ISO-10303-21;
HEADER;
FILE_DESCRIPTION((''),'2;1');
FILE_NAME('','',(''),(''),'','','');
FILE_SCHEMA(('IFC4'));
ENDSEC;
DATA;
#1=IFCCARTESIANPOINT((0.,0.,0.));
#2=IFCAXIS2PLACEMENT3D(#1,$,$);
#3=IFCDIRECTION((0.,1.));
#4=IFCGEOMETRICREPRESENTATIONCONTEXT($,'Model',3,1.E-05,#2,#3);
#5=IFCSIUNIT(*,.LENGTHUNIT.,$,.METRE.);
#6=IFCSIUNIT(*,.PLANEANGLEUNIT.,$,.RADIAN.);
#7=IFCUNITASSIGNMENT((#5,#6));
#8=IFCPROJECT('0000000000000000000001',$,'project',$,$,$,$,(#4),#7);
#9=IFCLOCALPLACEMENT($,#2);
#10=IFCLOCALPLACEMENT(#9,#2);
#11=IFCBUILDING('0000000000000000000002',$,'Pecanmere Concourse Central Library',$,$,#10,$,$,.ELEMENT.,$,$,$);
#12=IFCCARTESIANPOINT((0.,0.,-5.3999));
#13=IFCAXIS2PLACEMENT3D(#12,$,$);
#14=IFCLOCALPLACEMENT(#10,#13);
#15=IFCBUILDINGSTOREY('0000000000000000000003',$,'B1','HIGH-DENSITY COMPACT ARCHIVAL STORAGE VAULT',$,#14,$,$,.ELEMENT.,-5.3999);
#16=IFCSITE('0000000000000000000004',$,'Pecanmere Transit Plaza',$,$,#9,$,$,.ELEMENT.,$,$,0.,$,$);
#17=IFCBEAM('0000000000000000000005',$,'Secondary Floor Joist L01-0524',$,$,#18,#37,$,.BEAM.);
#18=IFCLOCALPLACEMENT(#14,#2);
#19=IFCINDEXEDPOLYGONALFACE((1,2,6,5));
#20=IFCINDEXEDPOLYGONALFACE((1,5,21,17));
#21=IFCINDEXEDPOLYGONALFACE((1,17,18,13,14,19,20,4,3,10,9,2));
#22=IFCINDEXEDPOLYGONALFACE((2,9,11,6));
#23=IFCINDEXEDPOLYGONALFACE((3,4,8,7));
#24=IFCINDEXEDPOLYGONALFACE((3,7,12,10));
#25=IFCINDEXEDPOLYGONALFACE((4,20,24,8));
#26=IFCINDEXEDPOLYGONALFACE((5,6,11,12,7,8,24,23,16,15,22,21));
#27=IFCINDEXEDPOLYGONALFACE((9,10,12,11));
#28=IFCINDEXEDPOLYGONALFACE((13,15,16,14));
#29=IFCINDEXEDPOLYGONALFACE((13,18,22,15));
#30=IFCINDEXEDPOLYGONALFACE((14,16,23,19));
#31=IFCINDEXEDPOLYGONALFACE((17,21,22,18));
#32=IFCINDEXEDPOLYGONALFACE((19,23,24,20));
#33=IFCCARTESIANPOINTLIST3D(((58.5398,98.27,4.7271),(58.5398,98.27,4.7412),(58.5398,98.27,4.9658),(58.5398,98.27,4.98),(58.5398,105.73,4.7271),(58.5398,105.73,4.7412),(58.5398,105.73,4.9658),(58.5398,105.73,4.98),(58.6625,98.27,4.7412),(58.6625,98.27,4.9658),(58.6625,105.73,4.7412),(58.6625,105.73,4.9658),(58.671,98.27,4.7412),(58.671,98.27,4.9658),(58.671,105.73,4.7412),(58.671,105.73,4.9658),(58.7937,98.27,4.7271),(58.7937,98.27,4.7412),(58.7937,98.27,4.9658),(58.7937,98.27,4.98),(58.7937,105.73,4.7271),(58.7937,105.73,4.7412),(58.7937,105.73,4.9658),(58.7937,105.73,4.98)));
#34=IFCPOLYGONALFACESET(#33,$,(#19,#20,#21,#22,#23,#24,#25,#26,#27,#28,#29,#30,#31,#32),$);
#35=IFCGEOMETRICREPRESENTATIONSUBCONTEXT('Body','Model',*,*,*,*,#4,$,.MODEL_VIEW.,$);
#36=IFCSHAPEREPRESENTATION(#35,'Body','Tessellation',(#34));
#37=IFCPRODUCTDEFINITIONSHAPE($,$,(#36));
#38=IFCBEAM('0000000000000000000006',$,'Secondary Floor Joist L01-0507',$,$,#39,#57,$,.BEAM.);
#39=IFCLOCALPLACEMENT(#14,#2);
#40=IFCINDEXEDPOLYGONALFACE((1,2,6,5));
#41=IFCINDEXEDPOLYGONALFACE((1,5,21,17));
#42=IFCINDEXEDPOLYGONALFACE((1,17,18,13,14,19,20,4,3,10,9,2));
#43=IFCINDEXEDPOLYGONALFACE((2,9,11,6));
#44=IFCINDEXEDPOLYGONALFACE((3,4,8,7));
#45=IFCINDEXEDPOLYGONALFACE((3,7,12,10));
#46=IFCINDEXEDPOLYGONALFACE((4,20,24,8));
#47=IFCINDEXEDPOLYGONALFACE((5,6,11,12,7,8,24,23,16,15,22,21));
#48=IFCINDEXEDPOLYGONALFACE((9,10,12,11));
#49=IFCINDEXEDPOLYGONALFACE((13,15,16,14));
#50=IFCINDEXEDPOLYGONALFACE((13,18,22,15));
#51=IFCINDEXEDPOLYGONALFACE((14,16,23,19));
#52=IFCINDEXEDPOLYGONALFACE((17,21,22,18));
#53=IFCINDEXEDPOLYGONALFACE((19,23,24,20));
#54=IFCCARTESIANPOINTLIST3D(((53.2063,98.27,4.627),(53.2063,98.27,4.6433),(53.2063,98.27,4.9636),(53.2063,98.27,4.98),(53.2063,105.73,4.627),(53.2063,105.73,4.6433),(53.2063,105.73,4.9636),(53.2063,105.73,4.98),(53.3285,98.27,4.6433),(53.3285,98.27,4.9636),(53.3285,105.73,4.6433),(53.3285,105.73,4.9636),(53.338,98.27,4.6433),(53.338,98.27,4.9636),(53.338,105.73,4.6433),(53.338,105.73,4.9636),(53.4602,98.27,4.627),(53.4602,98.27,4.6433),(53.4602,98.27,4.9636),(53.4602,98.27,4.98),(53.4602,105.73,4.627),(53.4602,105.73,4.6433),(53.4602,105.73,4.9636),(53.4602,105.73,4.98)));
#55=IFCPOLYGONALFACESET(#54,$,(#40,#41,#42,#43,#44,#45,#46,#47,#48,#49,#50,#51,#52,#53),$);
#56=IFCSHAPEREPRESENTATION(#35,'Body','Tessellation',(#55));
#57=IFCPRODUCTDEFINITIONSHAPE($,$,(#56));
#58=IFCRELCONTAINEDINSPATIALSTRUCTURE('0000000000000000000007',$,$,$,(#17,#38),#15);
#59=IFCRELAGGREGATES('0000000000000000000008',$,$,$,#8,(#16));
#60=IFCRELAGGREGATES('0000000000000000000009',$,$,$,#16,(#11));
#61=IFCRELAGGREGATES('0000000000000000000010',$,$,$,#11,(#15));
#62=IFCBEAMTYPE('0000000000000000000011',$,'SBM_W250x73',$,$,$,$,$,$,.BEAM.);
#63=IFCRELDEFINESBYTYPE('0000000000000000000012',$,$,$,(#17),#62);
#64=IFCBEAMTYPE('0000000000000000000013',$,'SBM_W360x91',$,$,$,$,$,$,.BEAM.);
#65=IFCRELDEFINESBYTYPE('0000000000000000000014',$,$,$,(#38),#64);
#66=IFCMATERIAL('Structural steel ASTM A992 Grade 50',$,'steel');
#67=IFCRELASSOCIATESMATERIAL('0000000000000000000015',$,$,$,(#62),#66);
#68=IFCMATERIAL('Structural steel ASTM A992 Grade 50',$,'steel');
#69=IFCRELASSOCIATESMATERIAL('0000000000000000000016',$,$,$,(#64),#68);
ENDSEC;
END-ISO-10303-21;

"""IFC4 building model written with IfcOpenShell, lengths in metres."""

from ifc_helpers import new_model, si_unit, direction, frame, origin, origin_2d, place, context, subcontext, project, spatial, i_section, extrude, material, material_profile, profile_set, type_object, element, save


model = new_model("IFC4")

# Units and contexts
model_context = context("Model", 3, precision=1e-05, world=origin(), true_north=direction((0.0, 1.0)))
body_context = subcontext(model_context, "Body", "Model", "MODEL_VIEW")
ifc_project = project(units=[si_unit("LENGTHUNIT", "METRE"), si_unit("PLANEANGLEUNIT", "RADIAN")], contexts=[model_context])

# Site, building, storey
site_placement = place(None, origin())
site = spatial("IfcSite", under=ifc_project, at=site_placement, Name="Pecanmere Transit Plaza", CompositionType="ELEMENT", RefElevation=0.0)
building_placement = place(site_placement, origin())
building = spatial("IfcBuilding", under=site, at=building_placement, Name="Pecanmere Concourse Central Library", CompositionType="ELEMENT")
storey_placement = place(building_placement, frame((0.0, 0.0, -5.3999)))
storey = spatial("IfcBuildingStorey", under=building, at=storey_placement, Name="B1", Description="HIGH-DENSITY COMPACT ARCHIVAL STORAGE VAULT", CompositionType="ELEMENT", Elevation=-5.3999)

# Beams
ifc_material_1 = material(Name="Structural steel ASTM A992 Grade 50", Category="steel")
ifc_material_profile_1 = material_profile(ifc_material_1, i_section(OverallWidth=0.2539, OverallDepth=0.2529, WebThickness=0.0085, FlangeThickness=0.0142, at=origin_2d()), Name="W250x73")
ifc_profile_set_1 = profile_set([ifc_material_profile_1], Name="Structural steel ASTM A992 Grade 50")
beam_type_1 = type_object("IfcBeamType", Name="SBM_W250x73", PredefinedType="BEAM", material=ifc_profile_set_1)
beam_1_placement = place(storey_placement, frame((58.6667, 98.27, 4.8535), z_axis=(0.0, 1.0, 0.0), x_axis=(-1.0, 0.0, 0.0)))
element("IfcBeam", 1, at=beam_1_placement, inside=storey, type_object=beam_type_1, Name="Secondary Floor Joist L01-0524", PredefinedType="BEAM", context=body_context, shape_type="SweptSolid", body=[
    extrude(i_section(OverallWidth=0.2539, OverallDepth=0.2529, WebThickness=0.0085, FlangeThickness=0.0142, at=origin_2d()), origin(), (0.0, 0.0, 1.0), 7.46),
])
ifc_material_2 = material(Name="Structural steel ASTM A992 Grade 50", Category="steel")
ifc_material_profile_2 = material_profile(ifc_material_2, i_section(OverallWidth=0.2539, OverallDepth=0.353, WebThickness=0.0095, FlangeThickness=0.0164, at=origin_2d()), Name="W360x91")
ifc_profile_set_2 = profile_set([ifc_material_profile_2], Name="Structural steel ASTM A992 Grade 50")
beam_type_2 = type_object("IfcBeamType", Name="SBM_W360x91", PredefinedType="BEAM", material=ifc_profile_set_2)
beam_2_placement = place(storey_placement, frame((53.3333, 98.27, 4.8035), z_axis=(0.0, 1.0, 0.0), x_axis=(-1.0, 0.0, 0.0)))
element("IfcBeam", 2, at=beam_2_placement, inside=storey, type_object=beam_type_2, Name="Secondary Floor Joist L01-0507", PredefinedType="BEAM", context=body_context, shape_type="SweptSolid", body=[
    extrude(i_section(OverallWidth=0.2539, OverallDepth=0.353, WebThickness=0.0095, FlangeThickness=0.0164, at=origin_2d()), origin(), (0.0, 0.0, 1.0), 7.46),
])

save(model, "model.ifc")
